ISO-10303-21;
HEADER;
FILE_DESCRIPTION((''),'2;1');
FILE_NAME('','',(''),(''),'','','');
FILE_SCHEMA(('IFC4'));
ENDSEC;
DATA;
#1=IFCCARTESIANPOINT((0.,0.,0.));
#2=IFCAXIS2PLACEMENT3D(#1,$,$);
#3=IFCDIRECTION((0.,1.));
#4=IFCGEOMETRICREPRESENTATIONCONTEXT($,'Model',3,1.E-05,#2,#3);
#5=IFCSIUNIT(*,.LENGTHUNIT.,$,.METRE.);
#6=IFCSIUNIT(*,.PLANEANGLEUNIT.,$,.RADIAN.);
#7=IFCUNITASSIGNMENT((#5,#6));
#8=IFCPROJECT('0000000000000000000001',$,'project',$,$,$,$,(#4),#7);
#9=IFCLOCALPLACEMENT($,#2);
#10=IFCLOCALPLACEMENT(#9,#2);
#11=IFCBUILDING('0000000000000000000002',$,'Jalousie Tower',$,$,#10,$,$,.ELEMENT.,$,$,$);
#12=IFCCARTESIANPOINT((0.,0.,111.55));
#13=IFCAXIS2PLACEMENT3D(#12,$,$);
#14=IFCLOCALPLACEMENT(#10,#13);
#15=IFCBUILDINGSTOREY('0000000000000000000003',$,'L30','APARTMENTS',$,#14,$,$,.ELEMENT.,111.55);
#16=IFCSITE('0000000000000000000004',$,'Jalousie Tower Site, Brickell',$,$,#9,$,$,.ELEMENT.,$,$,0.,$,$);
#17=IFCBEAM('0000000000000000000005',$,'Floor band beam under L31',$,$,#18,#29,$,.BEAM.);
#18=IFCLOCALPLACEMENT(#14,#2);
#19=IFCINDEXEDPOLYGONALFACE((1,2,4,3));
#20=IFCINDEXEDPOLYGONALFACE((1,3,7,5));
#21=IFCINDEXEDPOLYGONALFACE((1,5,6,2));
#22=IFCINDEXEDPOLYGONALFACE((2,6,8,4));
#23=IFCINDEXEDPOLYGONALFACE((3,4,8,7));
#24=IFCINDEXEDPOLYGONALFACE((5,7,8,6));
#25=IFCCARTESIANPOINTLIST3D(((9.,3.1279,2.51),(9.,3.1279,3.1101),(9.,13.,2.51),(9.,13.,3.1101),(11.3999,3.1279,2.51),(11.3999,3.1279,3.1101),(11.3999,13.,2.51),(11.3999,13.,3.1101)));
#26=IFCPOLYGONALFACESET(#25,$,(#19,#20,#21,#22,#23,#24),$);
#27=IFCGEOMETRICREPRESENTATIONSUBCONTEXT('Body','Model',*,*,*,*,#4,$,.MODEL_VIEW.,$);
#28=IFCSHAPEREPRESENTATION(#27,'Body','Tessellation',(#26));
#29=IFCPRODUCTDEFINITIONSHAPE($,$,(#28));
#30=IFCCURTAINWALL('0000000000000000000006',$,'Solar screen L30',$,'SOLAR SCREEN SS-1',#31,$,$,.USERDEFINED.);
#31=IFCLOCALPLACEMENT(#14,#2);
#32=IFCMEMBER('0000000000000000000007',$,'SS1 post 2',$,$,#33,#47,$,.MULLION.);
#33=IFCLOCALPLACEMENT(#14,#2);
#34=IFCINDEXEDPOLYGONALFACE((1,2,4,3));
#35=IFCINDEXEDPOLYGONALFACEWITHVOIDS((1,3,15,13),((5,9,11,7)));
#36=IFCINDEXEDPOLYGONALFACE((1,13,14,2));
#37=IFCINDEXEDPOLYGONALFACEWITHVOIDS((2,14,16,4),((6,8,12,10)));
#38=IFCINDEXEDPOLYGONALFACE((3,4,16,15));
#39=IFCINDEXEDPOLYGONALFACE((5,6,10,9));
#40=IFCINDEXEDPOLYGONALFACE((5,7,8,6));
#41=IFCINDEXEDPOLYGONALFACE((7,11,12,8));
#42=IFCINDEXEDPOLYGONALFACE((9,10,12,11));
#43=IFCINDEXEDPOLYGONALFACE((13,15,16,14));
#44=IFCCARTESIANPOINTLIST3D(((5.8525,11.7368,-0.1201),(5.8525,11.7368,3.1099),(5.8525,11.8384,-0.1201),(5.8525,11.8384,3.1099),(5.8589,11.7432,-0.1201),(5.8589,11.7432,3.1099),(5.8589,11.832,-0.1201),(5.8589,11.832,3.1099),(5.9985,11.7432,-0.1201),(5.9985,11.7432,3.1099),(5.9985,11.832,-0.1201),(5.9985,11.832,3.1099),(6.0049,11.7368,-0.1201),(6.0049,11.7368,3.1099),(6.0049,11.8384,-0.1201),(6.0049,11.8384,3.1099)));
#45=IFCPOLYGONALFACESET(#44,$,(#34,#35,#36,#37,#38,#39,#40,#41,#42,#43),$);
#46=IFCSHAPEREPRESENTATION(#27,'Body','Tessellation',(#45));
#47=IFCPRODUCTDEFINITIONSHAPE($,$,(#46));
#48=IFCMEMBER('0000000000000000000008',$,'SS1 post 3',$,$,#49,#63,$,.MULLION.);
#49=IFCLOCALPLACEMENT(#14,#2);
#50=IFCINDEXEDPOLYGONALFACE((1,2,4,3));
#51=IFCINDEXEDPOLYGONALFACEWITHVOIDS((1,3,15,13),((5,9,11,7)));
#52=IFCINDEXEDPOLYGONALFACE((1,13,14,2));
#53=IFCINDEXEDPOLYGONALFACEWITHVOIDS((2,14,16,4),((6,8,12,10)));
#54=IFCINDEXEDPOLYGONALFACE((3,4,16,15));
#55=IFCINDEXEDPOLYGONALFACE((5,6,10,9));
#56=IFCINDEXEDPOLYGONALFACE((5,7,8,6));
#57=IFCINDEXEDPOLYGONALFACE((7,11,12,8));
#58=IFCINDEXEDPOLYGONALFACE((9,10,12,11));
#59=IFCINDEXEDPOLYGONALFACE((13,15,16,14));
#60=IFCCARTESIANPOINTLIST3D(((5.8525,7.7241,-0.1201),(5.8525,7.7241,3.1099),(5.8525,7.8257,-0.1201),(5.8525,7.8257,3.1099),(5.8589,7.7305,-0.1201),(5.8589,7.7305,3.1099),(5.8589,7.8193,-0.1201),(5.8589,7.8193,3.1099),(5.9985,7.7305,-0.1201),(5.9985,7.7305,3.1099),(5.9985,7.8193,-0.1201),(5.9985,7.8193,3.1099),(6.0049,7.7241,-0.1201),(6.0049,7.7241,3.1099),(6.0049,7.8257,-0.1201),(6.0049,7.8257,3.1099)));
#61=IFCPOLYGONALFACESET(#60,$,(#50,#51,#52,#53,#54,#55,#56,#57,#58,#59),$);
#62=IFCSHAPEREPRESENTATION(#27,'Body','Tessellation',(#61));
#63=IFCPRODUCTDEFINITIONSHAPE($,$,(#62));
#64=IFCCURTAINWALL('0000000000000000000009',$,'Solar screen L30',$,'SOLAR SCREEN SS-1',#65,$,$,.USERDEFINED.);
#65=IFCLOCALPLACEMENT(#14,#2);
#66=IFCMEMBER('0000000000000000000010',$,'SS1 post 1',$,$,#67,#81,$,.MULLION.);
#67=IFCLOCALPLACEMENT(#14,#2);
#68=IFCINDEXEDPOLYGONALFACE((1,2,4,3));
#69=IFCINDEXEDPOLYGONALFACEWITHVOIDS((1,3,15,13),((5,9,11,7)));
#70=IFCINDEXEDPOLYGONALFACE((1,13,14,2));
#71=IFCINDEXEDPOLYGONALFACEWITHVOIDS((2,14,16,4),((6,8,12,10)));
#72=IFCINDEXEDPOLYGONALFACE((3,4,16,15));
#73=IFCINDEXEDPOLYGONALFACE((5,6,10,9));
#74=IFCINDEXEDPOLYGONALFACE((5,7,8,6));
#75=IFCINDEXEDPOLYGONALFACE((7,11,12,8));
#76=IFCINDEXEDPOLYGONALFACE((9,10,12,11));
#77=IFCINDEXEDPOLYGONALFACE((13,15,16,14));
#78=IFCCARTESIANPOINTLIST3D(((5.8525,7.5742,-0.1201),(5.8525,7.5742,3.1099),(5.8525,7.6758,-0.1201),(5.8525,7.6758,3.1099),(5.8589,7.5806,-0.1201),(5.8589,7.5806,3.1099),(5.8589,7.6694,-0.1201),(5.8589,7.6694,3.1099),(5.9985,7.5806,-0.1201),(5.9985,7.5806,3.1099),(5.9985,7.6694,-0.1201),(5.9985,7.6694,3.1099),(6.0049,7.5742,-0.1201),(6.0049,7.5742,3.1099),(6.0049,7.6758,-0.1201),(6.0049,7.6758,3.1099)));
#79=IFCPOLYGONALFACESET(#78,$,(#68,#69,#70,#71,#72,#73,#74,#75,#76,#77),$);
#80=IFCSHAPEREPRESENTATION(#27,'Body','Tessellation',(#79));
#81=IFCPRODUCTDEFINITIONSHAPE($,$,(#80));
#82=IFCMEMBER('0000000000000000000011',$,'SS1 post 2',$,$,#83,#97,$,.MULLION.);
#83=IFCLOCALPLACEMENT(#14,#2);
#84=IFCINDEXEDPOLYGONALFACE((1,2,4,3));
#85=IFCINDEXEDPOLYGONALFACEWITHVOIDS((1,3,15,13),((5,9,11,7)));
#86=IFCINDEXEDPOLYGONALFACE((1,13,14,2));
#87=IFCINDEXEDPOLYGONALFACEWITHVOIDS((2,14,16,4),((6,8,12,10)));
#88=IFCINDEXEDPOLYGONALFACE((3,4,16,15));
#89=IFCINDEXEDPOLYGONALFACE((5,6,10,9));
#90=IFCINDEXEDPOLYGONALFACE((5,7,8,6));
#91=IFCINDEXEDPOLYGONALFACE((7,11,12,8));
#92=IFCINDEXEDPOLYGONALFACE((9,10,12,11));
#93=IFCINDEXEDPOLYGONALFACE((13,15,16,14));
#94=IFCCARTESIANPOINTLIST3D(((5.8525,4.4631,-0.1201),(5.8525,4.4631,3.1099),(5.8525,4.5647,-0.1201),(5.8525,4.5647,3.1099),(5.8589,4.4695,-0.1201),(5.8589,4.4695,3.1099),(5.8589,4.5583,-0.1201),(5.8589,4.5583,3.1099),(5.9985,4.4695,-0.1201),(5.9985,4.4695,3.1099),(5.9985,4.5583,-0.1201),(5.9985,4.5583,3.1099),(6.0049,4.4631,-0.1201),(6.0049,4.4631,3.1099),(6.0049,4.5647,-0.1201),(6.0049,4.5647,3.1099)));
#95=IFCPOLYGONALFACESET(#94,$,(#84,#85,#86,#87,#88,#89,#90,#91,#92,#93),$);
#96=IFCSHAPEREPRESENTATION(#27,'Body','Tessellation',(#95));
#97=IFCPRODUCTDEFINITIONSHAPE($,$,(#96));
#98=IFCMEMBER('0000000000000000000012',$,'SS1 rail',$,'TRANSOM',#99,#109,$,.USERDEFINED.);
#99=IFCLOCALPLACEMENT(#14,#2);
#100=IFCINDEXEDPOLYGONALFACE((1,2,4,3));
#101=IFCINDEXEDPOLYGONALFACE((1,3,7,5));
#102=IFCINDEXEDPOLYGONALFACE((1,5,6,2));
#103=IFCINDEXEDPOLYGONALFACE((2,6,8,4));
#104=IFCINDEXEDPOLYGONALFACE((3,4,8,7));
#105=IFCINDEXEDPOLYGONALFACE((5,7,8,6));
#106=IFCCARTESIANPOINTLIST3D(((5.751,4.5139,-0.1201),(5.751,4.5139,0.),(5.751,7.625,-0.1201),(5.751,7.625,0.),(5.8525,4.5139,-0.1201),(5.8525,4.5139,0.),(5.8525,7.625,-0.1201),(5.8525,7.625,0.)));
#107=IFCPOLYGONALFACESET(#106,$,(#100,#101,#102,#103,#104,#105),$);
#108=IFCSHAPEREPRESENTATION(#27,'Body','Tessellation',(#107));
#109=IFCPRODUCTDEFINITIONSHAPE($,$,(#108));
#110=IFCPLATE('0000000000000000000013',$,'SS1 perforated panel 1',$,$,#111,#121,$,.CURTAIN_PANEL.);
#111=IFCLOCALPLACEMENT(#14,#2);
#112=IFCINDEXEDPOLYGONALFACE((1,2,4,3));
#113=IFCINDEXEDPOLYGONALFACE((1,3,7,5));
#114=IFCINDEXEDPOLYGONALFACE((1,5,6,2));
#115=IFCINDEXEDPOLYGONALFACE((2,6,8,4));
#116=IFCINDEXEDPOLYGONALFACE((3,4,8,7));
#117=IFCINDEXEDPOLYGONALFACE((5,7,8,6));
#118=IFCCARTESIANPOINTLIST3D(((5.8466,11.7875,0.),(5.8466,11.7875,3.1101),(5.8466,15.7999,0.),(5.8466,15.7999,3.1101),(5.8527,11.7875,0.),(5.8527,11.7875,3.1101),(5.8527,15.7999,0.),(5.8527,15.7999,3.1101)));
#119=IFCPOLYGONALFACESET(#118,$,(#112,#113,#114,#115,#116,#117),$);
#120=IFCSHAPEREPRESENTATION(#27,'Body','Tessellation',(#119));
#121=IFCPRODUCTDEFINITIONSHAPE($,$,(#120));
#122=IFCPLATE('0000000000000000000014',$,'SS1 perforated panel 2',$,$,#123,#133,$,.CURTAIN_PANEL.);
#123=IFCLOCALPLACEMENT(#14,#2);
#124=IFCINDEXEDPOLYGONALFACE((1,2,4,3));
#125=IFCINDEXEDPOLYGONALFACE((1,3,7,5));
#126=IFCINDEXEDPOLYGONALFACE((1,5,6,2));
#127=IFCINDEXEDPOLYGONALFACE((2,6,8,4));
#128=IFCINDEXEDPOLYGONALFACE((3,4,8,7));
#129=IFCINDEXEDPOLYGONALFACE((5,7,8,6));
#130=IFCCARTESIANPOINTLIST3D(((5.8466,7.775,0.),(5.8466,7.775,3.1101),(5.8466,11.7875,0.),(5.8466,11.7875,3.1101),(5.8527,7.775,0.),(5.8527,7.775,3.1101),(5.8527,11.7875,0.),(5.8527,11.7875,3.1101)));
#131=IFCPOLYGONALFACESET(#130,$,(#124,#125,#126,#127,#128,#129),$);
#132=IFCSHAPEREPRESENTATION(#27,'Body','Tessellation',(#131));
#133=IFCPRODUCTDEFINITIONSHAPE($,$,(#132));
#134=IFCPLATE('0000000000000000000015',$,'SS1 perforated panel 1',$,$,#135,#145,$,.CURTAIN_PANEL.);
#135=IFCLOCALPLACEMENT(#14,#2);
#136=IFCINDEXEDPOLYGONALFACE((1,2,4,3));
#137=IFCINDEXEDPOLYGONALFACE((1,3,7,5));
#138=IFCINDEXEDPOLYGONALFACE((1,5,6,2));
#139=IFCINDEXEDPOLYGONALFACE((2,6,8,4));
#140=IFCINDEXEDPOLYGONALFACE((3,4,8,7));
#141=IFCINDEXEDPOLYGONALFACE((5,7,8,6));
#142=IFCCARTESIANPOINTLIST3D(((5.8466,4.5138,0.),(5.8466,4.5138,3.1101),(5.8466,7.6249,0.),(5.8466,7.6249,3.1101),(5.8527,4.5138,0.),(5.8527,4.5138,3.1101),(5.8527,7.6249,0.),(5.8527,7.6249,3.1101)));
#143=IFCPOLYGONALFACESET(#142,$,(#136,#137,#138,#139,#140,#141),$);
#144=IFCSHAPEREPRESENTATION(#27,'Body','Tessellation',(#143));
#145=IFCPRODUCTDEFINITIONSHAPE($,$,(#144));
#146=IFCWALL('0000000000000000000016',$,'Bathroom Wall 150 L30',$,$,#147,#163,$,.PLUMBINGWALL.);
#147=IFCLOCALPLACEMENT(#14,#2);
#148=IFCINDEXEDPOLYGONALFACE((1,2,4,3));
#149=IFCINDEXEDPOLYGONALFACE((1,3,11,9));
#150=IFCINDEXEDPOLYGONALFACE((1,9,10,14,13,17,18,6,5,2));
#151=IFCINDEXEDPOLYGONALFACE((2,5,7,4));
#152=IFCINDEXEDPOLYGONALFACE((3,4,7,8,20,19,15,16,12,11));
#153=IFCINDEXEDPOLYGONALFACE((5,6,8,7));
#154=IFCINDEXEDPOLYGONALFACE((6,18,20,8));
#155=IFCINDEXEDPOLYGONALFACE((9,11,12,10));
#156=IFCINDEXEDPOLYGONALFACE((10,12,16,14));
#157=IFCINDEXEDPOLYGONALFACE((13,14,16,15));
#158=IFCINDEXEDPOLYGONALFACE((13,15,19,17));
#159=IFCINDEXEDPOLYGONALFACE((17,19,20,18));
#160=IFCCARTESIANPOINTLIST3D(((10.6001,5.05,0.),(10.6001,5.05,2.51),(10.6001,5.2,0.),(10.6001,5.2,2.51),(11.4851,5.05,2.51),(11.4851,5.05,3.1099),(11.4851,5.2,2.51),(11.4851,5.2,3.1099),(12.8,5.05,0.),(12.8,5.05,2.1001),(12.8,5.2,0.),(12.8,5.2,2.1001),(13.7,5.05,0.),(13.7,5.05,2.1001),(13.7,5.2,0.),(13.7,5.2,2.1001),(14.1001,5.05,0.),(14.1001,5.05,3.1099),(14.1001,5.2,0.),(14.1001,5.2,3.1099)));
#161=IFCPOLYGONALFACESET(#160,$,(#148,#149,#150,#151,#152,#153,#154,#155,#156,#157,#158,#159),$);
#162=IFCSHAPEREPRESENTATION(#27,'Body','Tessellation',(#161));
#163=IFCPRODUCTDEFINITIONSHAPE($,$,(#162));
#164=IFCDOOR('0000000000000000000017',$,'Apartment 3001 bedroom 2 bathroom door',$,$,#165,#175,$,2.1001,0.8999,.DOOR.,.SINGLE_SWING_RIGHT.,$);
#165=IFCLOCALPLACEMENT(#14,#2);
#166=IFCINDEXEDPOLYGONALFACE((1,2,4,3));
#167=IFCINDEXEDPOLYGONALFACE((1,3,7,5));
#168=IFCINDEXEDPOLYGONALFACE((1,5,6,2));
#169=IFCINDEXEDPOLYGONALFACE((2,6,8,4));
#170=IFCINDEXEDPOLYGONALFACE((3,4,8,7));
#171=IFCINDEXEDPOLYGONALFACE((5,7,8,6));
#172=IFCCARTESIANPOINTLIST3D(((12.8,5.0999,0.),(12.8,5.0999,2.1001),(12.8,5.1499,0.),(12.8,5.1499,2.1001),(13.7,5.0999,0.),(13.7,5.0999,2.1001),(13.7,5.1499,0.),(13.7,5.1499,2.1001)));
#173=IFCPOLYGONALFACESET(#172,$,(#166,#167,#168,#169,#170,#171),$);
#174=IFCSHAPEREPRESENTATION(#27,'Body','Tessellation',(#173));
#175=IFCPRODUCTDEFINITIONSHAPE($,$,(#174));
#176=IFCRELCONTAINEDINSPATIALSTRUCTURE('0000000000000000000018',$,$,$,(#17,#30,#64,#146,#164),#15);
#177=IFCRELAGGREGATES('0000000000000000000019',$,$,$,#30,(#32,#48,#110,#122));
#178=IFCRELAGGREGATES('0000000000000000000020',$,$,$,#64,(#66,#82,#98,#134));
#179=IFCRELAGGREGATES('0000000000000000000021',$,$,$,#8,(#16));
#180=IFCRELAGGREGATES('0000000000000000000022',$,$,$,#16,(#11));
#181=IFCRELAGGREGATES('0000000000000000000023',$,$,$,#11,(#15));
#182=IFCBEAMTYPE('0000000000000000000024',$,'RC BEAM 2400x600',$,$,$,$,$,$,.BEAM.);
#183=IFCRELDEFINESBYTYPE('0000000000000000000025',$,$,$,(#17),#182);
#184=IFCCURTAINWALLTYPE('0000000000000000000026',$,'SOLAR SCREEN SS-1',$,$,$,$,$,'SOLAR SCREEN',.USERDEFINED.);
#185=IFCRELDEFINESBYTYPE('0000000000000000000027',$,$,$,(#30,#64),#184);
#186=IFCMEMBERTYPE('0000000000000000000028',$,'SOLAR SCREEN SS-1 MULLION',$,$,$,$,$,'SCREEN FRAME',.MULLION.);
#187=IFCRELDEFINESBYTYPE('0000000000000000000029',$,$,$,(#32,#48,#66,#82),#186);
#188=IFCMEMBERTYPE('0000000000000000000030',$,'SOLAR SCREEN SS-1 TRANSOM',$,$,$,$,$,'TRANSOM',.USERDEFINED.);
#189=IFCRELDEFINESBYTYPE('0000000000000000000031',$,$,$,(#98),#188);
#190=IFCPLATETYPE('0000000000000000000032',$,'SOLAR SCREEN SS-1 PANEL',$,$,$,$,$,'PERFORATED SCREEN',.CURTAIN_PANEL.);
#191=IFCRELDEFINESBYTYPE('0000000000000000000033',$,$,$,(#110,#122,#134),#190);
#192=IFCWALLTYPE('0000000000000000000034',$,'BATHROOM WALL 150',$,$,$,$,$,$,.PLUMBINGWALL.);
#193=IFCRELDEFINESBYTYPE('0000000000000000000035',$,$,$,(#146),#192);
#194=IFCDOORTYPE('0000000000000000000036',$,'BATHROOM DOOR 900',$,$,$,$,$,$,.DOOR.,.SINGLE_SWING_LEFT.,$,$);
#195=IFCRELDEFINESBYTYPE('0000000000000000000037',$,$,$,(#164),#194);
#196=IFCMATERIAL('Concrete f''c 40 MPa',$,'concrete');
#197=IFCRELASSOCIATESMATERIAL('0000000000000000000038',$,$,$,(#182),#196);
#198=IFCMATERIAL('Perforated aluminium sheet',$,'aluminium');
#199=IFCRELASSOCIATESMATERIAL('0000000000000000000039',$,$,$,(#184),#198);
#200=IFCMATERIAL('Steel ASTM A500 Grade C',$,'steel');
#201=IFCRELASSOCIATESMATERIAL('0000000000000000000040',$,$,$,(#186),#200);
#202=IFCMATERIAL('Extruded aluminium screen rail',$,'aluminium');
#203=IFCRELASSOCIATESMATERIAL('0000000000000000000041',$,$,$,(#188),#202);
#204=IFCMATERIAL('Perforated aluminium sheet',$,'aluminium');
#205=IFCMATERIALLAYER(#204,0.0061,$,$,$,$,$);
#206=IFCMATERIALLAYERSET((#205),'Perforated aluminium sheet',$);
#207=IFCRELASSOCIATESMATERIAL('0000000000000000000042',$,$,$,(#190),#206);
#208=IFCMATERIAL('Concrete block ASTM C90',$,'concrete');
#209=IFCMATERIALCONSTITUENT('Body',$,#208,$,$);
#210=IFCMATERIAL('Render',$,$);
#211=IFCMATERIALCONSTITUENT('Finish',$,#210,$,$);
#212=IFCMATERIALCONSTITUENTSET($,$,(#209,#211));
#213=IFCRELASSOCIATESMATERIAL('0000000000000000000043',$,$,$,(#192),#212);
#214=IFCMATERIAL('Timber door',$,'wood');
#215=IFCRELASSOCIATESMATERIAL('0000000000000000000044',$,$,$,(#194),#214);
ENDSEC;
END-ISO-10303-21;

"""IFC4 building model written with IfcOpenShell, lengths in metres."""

from ifc_helpers import new_model, si_unit, direction, frame, frame_2d, origin, origin_2d, place, context, subcontext, project, spatial, polyline, rectangle, hollow_rectangle, outline, extrude, material, layer, layer_set, constituent, constituent_set, material_profile, profile_set, type_object, element, fill, aggregate, save


model = new_model("IFC4")

# Units and contexts
model_context = context("Model", 3, precision=1e-05, world=origin(), true_north=direction((0.0, 1.0)))
body_context = subcontext(model_context, "Body", "Model", "MODEL_VIEW")
ifc_project = project(units=[si_unit("LENGTHUNIT", "METRE"), si_unit("PLANEANGLEUNIT", "RADIAN")], contexts=[model_context])

# Site, building, storey
site_placement = place(None, origin())
site = spatial("IfcSite", under=ifc_project, at=site_placement, Name="Jalousie Tower Site, Brickell", CompositionType="ELEMENT", RefElevation=0.0)
building_placement = place(site_placement, origin())
building = spatial("IfcBuilding", under=site, at=building_placement, Name="Jalousie Tower", CompositionType="ELEMENT")
storey_placement = place(building_placement, frame((0.0, 0.0, 111.55)))
storey = spatial("IfcBuildingStorey", under=building, at=storey_placement, Name="L30", Description="APARTMENTS", CompositionType="ELEMENT", Elevation=111.55)

# Beam
ifc_material_1 = material(Name="Concrete f'c 40 MPa", Category="concrete")
ifc_material_profile_1 = material_profile(ifc_material_1, rectangle(XDim=2.3999, YDim=0.6001, at=origin_2d()), Name="RC 2400x600")
ifc_profile_set_1 = profile_set([ifc_material_profile_1], Name="Concrete f'c 40 MPa")
beam_type_1 = type_object("IfcBeamType", Name="RC BEAM 2400x600", PredefinedType="BEAM", material=ifc_profile_set_1)
beam_1_placement = place(storey_placement, frame((10.2, 13.0, 2.8101), z_axis=(0.0, -1.0, 0.0), x_axis=(1.0, 0.0, 0.0)))
element("IfcBeam", 1, at=beam_1_placement, inside=storey, type_object=beam_type_1, Name="Floor band beam under L31", PredefinedType="BEAM", context=body_context, shape_type="SweptSolid", body=[
    extrude(rectangle(XDim=2.3999, YDim=0.6001, at=origin_2d()), origin(), (0.0, 0.0, 1.0), 9.8721),
])

# Curtain walls, members
ifc_material_2 = material(Name="Perforated aluminium sheet", Category="aluminium")
curtain_wall_type = type_object("IfcCurtainWallType", Name="SOLAR SCREEN SS-1", ElementType="SOLAR SCREEN", PredefinedType="USERDEFINED", material=ifc_material_2)
curtain_wall_1_placement = place(storey_placement, origin())
curtain_wall_1 = element("IfcCurtainWall", 2, at=curtain_wall_1_placement, inside=storey, type_object=curtain_wall_type, Name="Solar screen L30", ObjectType="SOLAR SCREEN SS-1", PredefinedType="USERDEFINED")
ifc_material_3 = material(Name="Steel ASTM A500 Grade C", Category="steel")
ifc_material_profile_2 = material_profile(ifc_material_3, hollow_rectangle(XDim=0.1016, YDim=0.1523, WallThickness=0.0063, at=origin_2d()), Name="HSS6X4X1/4")
ifc_profile_set_2 = profile_set([ifc_material_profile_2], Name="Steel ASTM A500 Grade C")
member_type_1 = type_object("IfcMemberType", Name="SOLAR SCREEN SS-1 MULLION", ElementType="SCREEN FRAME", PredefinedType="MULLION", material=ifc_profile_set_2)
member_1_placement = place(storey_placement, frame((5.9287, 11.7876, -0.1201), z_axis=(0.0, 0.0, 1.0), x_axis=(0.0, -1.0, 0.0)))
member_1 = element("IfcMember", 3, at=member_1_placement, type_object=member_type_1, Name="SS1 post 2", PredefinedType="MULLION", context=body_context, shape_type="SweptSolid", body=[
    extrude(hollow_rectangle(XDim=0.1016, YDim=0.1523, WallThickness=0.0063, at=origin_2d()), origin(), (0.0, 0.0, 1.0), 3.23),
])
member_2_placement = place(storey_placement, frame((5.9287, 7.7749, -0.1201), z_axis=(0.0, 0.0, 1.0), x_axis=(0.0, -1.0, 0.0)))
member_2 = element("IfcMember", 4, at=member_2_placement, type_object=member_type_1, Name="SS1 post 3", PredefinedType="MULLION", context=body_context, shape_type="SweptSolid", body=[
    extrude(hollow_rectangle(XDim=0.1016, YDim=0.1523, WallThickness=0.0063, at=origin_2d()), origin(), (0.0, 0.0, 1.0), 3.23),
])
curtain_wall_2_placement = place(storey_placement, origin())
curtain_wall_2 = element("IfcCurtainWall", 5, at=curtain_wall_2_placement, inside=storey, type_object=curtain_wall_type, Name="Solar screen L30", ObjectType="SOLAR SCREEN SS-1", PredefinedType="USERDEFINED")
member_3_placement = place(storey_placement, frame((5.9287, 7.625, -0.1201), z_axis=(0.0, 0.0, 1.0), x_axis=(0.0, -1.0, 0.0)))
member_3 = element("IfcMember", 6, at=member_3_placement, type_object=member_type_1, Name="SS1 post 1", PredefinedType="MULLION", context=body_context, shape_type="SweptSolid", body=[
    extrude(hollow_rectangle(XDim=0.1016, YDim=0.1523, WallThickness=0.0063, at=origin_2d()), origin(), (0.0, 0.0, 1.0), 3.23),
])
member_4_placement = place(storey_placement, frame((5.9287, 4.5139, -0.1201), z_axis=(0.0, 0.0, 1.0), x_axis=(0.0, -1.0, 0.0)))
member_4 = element("IfcMember", 7, at=member_4_placement, type_object=member_type_1, Name="SS1 post 2", PredefinedType="MULLION", context=body_context, shape_type="SweptSolid", body=[
    extrude(hollow_rectangle(XDim=0.1016, YDim=0.1523, WallThickness=0.0063, at=origin_2d()), origin(), (0.0, 0.0, 1.0), 3.23),
])
ifc_material_4 = material(Name="Extruded aluminium screen rail", Category="aluminium")
ifc_material_profile_3 = material_profile(ifc_material_4, rectangle(XDim=0.1016, YDim=0.1201, at=origin_2d()), Name="RAIL 102x120")
ifc_profile_set_3 = profile_set([ifc_material_profile_3], Name="Extruded aluminium screen rail")
member_type_2 = type_object("IfcMemberType", Name="SOLAR SCREEN SS-1 TRANSOM", ElementType="TRANSOM", PredefinedType="USERDEFINED", material=ifc_profile_set_3)
member_5_placement = place(storey_placement, frame((5.8018, 7.625, -0.0601), z_axis=(0.0, -1.0, 0.0), x_axis=(1.0, 0.0, 0.0)))
member_5 = element("IfcMember", 8, at=member_5_placement, type_object=member_type_2, Name="SS1 rail", ObjectType="TRANSOM", PredefinedType="USERDEFINED", context=body_context, shape_type="SweptSolid", body=[
    extrude(rectangle(XDim=0.1016, YDim=0.1201, at=origin_2d()), origin(), (0.0, 0.0, 1.0), 3.1111),
])

# Plates
ifc_material_5 = material(Name="Perforated aluminium sheet", Category="aluminium")
ifc_layer_1 = layer(ifc_material_5, 0.0061)
ifc_layer_set_1 = layer_set([ifc_layer_1], Name="Perforated aluminium sheet")
plate_type = type_object("IfcPlateType", Name="SOLAR SCREEN SS-1 PANEL", ElementType="PERFORATED SCREEN", PredefinedType="CURTAIN_PANEL", material=ifc_layer_set_1)
plate_1_placement = place(storey_placement, frame((5.8496, 13.7937, 0.0), z_axis=(0.0, 0.0, 1.0), x_axis=(0.0, -1.0, 0.0)))
plate_1 = element("IfcPlate", 9, at=plate_1_placement, type_object=plate_type, Name="SS1 perforated panel 1", PredefinedType="CURTAIN_PANEL", context=body_context, shape_type="SweptSolid", body=[
    extrude(rectangle(XDim=4.0125, YDim=0.0061, at=origin_2d()), origin(), (0.0, 0.0, 1.0), 3.1101),
])
plate_2_placement = place(storey_placement, frame((5.8496, 9.7812, 0.0), z_axis=(0.0, 0.0, 1.0), x_axis=(0.0, -1.0, 0.0)))
plate_2 = element("IfcPlate", 10, at=plate_2_placement, type_object=plate_type, Name="SS1 perforated panel 2", PredefinedType="CURTAIN_PANEL", context=body_context, shape_type="SweptSolid", body=[
    extrude(rectangle(XDim=4.0125, YDim=0.0061, at=origin_2d()), origin(), (0.0, 0.0, 1.0), 3.1101),
])
aggregate(curtain_wall_1, [member_1, member_2, plate_1, plate_2])
plate_3_placement = place(storey_placement, frame((5.8496, 6.0693, 0.0), z_axis=(0.0, 0.0, 1.0), x_axis=(0.0, -1.0, 0.0)))
plate_3 = element("IfcPlate", 11, at=plate_3_placement, type_object=plate_type, Name="SS1 perforated panel 1", PredefinedType="CURTAIN_PANEL", context=body_context, shape_type="SweptSolid", body=[
    extrude(rectangle(XDim=3.1111, YDim=0.0061, at=origin_2d()), origin(), (0.0, 0.0, 1.0), 3.1101),
])
aggregate(curtain_wall_2, [member_3, member_4, member_5, plate_3])

# Wall, opening, door
ifc_material_6 = material(Name="Concrete block ASTM C90", Category="concrete")
ifc_constituent_1 = constituent(ifc_material_6, Name="Body")
ifc_material_7 = material(Name="Render")
ifc_constituent_2 = constituent(ifc_material_7, Name="Finish")
ifc_constituent_set_1 = constituent_set(constituents=[ifc_constituent_1, ifc_constituent_2])
wall_type_1 = type_object("IfcWallType", Name="BATHROOM WALL 150", PredefinedType="PLUMBINGWALL", material=ifc_constituent_set_1)
wall_1_placement = place(storey_placement, frame((10.6001, 5.125, 0.0), z_axis=(0.0, 0.0, 1.0), x_axis=(1.0, 0.0, 0.0)))
wall_1 = element("IfcWall", 12, at=wall_1_placement, inside=storey, type_object=wall_type_1, Name="Bathroom Wall 150 L30", PredefinedType="PLUMBINGWALL", context=body_context, shape_type="SweptSolid", body=[
    extrude(outline(polyline([(0.0, 0.0), (3.5, 0.0), (3.5, 3.1099), (0.885, 3.1099), (0.885, 2.51), (0.0, 2.51), (0.0, 3.1099), (0.0, 0.0)])), frame((0.0, 0.075, 0.0), z_axis=(0.0, -1.0, 0.0), x_axis=(1.0, 0.0, 0.0)), (0.0, 0.0, 1.0), 0.1499),
])
opening_1_placement = place(wall_1_placement, frame((2.2, 0.0, 0.0)))
opening_1 = element("IfcOpeningElement", 13, at=opening_1_placement, cuts=wall_1, PredefinedType="OPENING", context=body_context, shape_type="SweptSolid", body=[
    extrude(rectangle(XDim=0.8999, YDim=2.1001, at=frame_2d((0.45, 1.05))), frame((0.0, 0.085, 0.0), z_axis=(0.0, -1.0, 0.0), x_axis=(1.0, 0.0, 0.0)), (0.0, 0.0, 1.0), 0.1699),
])
ifc_material_8 = material(Name="Timber door", Category="wood")
door_type_1 = type_object("IfcDoorType", Name="BATHROOM DOOR 900", OperationType="SINGLE_SWING_LEFT", PredefinedType="DOOR", material=ifc_material_8)
door_1_placement = place(opening_1_placement, origin())
door_1 = element("IfcDoor", 14, at=door_1_placement, inside=storey, type_object=door_type_1, Name="Apartment 3001 bedroom 2 bathroom door", OperationType="SINGLE_SWING_RIGHT", OverallHeight=2.1001, OverallWidth=0.8999, PredefinedType="DOOR", context=body_context, shape_type="SweptSolid", body=[
    extrude(rectangle(XDim=0.8999, YDim=2.1001, at=frame_2d((0.45, 1.05))), frame((0.0, 0.0249, 0.0), z_axis=(0.0, -1.0, 0.0), x_axis=(1.0, 0.0, 0.0)), (0.0, 0.0, 1.0), 0.05),
])
fill(opening_1, door_1)

save(model, "model.ifc")
